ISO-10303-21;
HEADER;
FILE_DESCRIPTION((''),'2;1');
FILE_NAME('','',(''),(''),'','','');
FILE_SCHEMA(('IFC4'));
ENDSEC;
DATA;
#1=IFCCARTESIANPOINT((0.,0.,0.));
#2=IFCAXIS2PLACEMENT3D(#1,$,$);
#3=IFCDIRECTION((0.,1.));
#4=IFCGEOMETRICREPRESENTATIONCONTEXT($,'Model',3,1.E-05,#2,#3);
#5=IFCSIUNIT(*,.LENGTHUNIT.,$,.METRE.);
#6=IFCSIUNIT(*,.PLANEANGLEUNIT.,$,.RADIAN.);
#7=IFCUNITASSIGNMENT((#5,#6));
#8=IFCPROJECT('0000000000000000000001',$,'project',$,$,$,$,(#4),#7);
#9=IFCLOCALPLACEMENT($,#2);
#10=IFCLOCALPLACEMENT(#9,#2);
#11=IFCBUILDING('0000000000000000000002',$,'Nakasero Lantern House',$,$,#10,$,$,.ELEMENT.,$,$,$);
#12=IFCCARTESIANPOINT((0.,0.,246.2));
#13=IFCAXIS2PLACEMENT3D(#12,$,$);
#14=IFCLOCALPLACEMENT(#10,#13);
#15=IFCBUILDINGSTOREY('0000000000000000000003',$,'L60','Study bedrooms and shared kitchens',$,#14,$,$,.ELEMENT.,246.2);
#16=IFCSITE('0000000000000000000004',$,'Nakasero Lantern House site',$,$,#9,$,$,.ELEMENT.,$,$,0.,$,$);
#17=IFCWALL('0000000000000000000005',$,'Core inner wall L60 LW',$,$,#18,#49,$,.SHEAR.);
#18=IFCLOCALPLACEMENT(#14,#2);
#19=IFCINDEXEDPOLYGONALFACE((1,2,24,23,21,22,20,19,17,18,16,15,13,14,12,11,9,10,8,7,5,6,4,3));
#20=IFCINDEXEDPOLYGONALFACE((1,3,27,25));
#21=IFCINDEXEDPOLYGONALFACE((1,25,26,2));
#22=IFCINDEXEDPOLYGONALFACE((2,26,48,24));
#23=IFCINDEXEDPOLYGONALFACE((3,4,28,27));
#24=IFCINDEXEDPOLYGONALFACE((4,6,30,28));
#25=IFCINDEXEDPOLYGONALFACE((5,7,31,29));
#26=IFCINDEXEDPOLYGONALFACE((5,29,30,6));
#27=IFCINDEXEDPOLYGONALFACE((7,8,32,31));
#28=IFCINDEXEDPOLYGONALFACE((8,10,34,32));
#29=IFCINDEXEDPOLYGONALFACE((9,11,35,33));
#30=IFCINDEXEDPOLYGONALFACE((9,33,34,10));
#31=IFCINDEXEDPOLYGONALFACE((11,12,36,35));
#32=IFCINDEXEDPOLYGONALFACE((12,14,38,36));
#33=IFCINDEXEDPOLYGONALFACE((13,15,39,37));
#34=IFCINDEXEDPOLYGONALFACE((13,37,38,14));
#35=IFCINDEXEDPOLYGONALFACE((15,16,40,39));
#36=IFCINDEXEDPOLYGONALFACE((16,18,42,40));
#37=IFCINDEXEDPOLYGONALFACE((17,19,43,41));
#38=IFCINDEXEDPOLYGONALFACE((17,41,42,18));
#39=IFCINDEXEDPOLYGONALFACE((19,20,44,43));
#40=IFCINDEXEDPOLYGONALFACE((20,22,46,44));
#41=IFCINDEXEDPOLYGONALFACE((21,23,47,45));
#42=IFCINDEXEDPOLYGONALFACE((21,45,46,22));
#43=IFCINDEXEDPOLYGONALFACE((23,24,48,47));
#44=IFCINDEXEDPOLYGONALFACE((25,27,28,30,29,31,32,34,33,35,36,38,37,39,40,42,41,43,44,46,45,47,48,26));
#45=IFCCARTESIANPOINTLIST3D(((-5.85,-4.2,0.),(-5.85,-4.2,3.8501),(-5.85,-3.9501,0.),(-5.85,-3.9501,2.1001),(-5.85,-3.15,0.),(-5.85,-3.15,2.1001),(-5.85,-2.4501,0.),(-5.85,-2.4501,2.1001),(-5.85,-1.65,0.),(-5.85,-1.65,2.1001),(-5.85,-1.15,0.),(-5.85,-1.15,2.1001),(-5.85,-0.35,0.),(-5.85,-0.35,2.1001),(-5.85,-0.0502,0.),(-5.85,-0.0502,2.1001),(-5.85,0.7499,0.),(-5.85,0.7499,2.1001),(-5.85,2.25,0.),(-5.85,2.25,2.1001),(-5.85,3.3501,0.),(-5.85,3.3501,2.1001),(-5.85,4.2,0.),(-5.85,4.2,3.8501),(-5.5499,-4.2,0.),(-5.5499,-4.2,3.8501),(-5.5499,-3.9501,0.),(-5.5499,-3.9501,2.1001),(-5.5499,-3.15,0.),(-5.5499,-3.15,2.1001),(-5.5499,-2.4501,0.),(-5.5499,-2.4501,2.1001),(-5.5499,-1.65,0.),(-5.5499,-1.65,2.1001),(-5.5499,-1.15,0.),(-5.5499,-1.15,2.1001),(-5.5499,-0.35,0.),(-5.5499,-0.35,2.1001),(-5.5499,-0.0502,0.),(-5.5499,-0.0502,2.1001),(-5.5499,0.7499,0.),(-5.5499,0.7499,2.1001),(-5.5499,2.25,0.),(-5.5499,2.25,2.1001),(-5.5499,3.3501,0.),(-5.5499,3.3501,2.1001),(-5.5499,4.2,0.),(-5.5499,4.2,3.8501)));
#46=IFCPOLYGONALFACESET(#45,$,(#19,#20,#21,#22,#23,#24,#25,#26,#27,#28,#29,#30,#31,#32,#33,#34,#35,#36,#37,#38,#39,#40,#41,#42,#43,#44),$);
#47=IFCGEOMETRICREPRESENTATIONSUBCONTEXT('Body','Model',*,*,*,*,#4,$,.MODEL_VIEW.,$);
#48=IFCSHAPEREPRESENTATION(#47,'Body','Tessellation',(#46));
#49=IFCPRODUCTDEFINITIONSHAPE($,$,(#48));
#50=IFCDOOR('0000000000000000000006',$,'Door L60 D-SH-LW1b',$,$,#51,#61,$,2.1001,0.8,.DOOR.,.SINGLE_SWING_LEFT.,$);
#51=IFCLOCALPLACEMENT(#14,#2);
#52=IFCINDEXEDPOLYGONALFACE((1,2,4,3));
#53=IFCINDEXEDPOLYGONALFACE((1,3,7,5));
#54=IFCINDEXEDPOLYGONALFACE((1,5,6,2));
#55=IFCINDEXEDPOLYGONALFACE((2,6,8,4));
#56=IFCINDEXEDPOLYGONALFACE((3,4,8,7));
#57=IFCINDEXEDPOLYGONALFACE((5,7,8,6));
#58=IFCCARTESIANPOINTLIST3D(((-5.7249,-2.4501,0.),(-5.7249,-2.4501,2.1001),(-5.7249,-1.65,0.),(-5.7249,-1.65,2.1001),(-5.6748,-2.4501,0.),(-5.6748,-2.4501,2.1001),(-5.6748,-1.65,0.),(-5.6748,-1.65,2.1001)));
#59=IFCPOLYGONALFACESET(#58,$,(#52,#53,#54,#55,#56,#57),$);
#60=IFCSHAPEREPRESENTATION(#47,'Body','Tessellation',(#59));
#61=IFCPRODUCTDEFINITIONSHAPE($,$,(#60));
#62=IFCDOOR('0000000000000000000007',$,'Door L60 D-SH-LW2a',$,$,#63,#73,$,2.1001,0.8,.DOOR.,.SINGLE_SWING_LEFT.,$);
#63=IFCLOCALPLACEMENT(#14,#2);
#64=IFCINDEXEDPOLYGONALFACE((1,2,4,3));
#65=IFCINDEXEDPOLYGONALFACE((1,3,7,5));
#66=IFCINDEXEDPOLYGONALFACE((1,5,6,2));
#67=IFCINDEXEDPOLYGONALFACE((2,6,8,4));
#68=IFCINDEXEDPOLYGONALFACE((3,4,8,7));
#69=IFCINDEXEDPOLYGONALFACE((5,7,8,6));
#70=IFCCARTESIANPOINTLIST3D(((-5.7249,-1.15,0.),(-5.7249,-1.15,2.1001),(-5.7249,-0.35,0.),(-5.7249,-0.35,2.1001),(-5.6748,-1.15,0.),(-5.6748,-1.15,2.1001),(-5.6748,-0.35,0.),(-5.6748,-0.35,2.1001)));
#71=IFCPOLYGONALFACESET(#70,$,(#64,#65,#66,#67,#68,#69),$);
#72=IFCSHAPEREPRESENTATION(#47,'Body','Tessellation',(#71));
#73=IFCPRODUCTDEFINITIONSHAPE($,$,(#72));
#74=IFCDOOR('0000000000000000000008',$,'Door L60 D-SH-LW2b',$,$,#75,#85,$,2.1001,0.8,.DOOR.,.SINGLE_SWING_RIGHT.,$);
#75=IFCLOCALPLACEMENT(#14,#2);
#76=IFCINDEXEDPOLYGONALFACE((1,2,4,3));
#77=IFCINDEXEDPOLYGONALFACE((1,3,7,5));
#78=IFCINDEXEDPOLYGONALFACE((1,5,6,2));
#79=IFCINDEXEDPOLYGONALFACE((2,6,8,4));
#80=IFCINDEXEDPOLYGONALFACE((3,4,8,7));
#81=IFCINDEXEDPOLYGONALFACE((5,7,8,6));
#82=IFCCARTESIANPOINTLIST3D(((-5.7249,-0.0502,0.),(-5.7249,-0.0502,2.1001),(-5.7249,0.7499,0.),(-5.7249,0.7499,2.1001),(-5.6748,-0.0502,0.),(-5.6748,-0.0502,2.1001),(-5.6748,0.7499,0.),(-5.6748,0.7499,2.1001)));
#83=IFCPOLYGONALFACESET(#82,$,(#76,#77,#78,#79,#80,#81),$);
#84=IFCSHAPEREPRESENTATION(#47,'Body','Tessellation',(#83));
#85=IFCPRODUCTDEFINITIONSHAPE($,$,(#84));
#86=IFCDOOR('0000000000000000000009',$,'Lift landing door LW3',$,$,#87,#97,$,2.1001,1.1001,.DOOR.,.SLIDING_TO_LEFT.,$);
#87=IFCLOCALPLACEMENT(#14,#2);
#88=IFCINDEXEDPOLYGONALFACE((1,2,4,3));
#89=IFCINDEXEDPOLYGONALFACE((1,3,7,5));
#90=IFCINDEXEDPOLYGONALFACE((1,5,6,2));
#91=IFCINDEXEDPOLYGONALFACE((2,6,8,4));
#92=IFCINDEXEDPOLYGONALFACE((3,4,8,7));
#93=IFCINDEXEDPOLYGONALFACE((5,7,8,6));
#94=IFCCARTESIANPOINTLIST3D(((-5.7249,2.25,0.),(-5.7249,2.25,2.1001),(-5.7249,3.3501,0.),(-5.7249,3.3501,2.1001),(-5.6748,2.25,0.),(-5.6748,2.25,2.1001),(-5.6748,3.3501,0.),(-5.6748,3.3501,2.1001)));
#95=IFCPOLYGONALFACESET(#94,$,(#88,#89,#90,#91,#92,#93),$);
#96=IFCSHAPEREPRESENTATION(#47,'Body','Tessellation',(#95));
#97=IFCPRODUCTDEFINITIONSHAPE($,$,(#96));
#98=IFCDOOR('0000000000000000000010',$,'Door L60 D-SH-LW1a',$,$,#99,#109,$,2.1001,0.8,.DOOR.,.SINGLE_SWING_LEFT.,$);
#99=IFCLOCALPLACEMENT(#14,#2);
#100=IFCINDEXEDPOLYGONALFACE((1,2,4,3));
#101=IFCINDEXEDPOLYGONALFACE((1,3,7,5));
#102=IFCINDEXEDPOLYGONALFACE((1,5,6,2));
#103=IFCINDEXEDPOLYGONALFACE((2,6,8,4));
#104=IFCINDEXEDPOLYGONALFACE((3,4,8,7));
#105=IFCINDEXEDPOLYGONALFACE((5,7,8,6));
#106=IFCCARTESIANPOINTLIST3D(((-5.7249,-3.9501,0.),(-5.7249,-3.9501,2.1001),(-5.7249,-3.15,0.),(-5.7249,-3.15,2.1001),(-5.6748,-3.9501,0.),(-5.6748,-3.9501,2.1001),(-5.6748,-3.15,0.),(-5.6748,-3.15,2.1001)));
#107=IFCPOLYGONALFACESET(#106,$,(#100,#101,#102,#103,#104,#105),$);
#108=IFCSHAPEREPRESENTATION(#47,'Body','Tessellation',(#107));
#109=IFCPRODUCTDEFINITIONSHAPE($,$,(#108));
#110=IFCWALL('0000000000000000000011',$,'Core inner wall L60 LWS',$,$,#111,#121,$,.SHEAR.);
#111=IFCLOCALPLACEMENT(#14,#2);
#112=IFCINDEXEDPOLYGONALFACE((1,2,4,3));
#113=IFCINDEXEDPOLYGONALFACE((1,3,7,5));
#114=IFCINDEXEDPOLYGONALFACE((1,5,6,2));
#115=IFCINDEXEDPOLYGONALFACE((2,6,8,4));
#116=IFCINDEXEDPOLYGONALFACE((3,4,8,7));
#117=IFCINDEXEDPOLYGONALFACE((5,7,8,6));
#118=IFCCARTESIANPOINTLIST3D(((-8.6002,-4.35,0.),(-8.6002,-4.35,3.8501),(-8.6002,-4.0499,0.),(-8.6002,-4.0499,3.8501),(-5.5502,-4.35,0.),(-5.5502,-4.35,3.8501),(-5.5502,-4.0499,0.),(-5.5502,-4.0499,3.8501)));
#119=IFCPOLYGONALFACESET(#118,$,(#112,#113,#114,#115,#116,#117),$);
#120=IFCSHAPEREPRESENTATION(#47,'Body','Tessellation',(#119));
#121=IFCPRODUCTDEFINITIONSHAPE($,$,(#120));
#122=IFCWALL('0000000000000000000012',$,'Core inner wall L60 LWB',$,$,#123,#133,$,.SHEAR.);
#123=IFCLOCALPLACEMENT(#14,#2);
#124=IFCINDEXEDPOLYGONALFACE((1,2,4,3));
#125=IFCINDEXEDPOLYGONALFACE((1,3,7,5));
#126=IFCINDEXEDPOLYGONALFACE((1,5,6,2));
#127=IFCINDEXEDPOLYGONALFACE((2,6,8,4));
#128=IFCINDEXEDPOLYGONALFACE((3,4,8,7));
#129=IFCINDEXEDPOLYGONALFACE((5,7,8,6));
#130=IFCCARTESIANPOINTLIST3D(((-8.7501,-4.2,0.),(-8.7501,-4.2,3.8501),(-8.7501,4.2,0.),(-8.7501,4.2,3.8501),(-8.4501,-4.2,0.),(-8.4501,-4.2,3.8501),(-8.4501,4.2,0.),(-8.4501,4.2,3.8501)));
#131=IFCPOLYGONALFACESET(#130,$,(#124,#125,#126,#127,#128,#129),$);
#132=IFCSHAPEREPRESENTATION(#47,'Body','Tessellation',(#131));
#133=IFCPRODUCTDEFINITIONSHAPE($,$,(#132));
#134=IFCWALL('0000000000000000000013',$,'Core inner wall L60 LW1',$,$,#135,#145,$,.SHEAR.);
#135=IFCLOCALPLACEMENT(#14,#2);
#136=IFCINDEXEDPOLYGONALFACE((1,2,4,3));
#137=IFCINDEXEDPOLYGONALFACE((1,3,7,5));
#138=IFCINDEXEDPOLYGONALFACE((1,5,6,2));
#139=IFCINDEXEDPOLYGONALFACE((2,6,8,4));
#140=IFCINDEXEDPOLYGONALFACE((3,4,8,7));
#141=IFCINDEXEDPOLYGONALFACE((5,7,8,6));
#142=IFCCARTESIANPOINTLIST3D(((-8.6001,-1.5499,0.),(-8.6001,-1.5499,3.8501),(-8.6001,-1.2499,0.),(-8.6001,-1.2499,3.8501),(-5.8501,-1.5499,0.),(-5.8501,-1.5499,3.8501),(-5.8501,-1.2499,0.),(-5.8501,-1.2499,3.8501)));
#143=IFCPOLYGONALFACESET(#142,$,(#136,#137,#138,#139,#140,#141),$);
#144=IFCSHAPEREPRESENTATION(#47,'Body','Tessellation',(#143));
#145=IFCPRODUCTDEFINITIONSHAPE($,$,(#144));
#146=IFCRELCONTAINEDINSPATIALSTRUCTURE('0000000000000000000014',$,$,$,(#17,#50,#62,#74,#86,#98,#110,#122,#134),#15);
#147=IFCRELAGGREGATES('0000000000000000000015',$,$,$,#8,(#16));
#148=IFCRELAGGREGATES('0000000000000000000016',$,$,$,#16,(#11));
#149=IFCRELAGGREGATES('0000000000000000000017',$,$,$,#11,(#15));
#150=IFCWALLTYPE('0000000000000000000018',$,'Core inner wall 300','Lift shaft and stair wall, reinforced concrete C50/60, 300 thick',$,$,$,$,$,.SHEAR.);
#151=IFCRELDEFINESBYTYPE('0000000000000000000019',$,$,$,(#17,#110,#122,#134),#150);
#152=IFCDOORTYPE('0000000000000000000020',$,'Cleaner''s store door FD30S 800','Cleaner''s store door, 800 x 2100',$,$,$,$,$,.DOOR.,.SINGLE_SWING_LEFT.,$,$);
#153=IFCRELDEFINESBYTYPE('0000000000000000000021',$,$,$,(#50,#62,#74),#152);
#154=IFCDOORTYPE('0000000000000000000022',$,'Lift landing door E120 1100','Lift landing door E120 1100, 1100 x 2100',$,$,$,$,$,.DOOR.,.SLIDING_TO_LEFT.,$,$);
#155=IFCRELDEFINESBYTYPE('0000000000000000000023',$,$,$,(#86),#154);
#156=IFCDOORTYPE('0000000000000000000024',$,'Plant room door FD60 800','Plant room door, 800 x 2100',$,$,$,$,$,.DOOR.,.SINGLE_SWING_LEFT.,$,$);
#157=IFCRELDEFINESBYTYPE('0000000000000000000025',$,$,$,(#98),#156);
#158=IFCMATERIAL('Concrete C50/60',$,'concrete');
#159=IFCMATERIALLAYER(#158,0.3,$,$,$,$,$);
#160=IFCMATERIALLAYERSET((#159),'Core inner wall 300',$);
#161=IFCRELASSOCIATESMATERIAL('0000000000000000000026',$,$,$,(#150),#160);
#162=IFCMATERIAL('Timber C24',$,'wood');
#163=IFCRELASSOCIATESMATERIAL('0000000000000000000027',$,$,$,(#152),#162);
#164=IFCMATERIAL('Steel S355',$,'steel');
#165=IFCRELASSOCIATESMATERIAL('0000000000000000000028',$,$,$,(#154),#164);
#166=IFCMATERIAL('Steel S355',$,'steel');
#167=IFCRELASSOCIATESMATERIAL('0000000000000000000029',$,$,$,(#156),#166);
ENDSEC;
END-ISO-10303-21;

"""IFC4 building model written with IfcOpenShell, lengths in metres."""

from ifc_helpers import new_model, si_unit, direction, frame, frame_2d, origin, place, context, subcontext, project, spatial, rectangle, extrude, material, layer, layer_set, type_object, element, fill, save


model = new_model("IFC4")

# Units and contexts
model_context = context("Model", 3, precision=1e-05, world=origin(), true_north=direction((0.0, 1.0)))
body_context = subcontext(model_context, "Body", "Model", "MODEL_VIEW")
ifc_project = project(units=[si_unit("LENGTHUNIT", "METRE"), si_unit("PLANEANGLEUNIT", "RADIAN")], contexts=[model_context])

# Site, building, storey
site_placement = place(None, origin())
site = spatial("IfcSite", under=ifc_project, at=site_placement, Name="Nakasero Lantern House site", CompositionType="ELEMENT", RefElevation=0.0)
building_placement = place(site_placement, origin())
building = spatial("IfcBuilding", under=site, at=building_placement, Name="Nakasero Lantern House", CompositionType="ELEMENT")
storey_placement = place(building_placement, frame((0.0, 0.0, 246.2)))
storey = spatial("IfcBuildingStorey", under=building, at=storey_placement, Name="L60", Description="Study bedrooms and shared kitchens", CompositionType="ELEMENT", Elevation=246.2)

# Wall, openings, doors
ifc_material_1 = material(Name="Concrete C50/60", Category="concrete")
ifc_layer_1 = layer(ifc_material_1, 0.3)
ifc_layer_set_1 = layer_set([ifc_layer_1], Name="Core inner wall 300")
wall_type_1 = type_object("IfcWallType", Name="Core inner wall 300", Description="Lift shaft and stair wall, reinforced concrete C50/60, 300 thick", PredefinedType="SHEAR", material=ifc_layer_set_1)
wall_1_placement = place(storey_placement, frame((-5.7, -4.2, 0.0), z_axis=(0.0, 0.0, 1.0), x_axis=(0.0, 1.0, 0.0)))
wall_1 = element("IfcWall", 1, at=wall_1_placement, inside=storey, type_object=wall_type_1, Name="Core inner wall L60 LW", PredefinedType="SHEAR", context=body_context, shape_type="SweptSolid", body=[
    extrude(rectangle(XDim=8.3999, YDim=0.3, at=frame_2d((4.2, 0.0))), origin(), (0.0, 0.0, 1.0), 3.8501),
])
opening_1_placement = place(wall_1_placement, frame((0.25, 0.0, 0.0)))
opening_1 = element("IfcOpeningElement", 2, at=opening_1_placement, cuts=wall_1, PredefinedType="OPENING", context=body_context, shape_type="SweptSolid", body=[
    extrude(rectangle(XDim=0.8, YDim=2.1001, at=frame_2d((0.3999, 1.05))), frame((0.0, 0.1699, 0.0), z_axis=(0.0, -1.0, 0.0), x_axis=(1.0, 0.0, 0.0)), (0.0, 0.0, 1.0), 0.3401),
])
opening_2_placement = place(wall_1_placement, frame((1.75, 0.0, 0.0)))
opening_2 = element("IfcOpeningElement", 3, at=opening_2_placement, cuts=wall_1, PredefinedType="OPENING", context=body_context, shape_type="SweptSolid", body=[
    extrude(rectangle(XDim=0.8, YDim=2.1001, at=frame_2d((0.3999, 1.05))), frame((0.0, 0.1699, 0.0), z_axis=(0.0, -1.0, 0.0), x_axis=(1.0, 0.0, 0.0)), (0.0, 0.0, 1.0), 0.3401),
])
opening_3_placement = place(wall_1_placement, frame((3.05, 0.0, 0.0)))
opening_3 = element("IfcOpeningElement", 4, at=opening_3_placement, cuts=wall_1, PredefinedType="OPENING", context=body_context, shape_type="SweptSolid", body=[
    extrude(rectangle(XDim=0.8, YDim=2.1001, at=frame_2d((0.3999, 1.05))), frame((0.0, 0.1699, 0.0), z_axis=(0.0, -1.0, 0.0), x_axis=(1.0, 0.0, 0.0)), (0.0, 0.0, 1.0), 0.3401),
])
opening_4_placement = place(wall_1_placement, frame((4.1499, 0.0, 0.0)))
opening_4 = element("IfcOpeningElement", 5, at=opening_4_placement, cuts=wall_1, PredefinedType="OPENING", context=body_context, shape_type="SweptSolid", body=[
    extrude(rectangle(XDim=0.8, YDim=2.1001, at=frame_2d((0.3999, 1.05))), frame((0.0, 0.1699, 0.0), z_axis=(0.0, -1.0, 0.0), x_axis=(1.0, 0.0, 0.0)), (0.0, 0.0, 1.0), 0.3401),
])
opening_5_placement = place(wall_1_placement, frame((6.45, 0.0, 0.0)))
opening_5 = element("IfcOpeningElement", 6, at=opening_5_placement, cuts=wall_1, PredefinedType="OPENING", context=body_context, shape_type="SweptSolid", body=[
    extrude(rectangle(XDim=1.1001, YDim=2.1001, at=frame_2d((0.55, 1.05))), frame((0.0, 0.1699, 0.0), z_axis=(0.0, -1.0, 0.0), x_axis=(1.0, 0.0, 0.0)), (0.0, 0.0, 1.0), 0.3401),
])
ifc_material_2 = material(Name="Timber C24", Category="wood")
door_type_1 = type_object("IfcDoorType", Name="Cleaner's store door FD30S 800", Description="Cleaner's store door, 800 x 2100", OperationType="SINGLE_SWING_LEFT", PredefinedType="DOOR", material=ifc_material_2)
door_1_placement = place(opening_2_placement, origin())
door_1 = element("IfcDoor", 7, at=door_1_placement, inside=storey, type_object=door_type_1, Name="Door L60 D-SH-LW1b", OperationType="SINGLE_SWING_LEFT", OverallHeight=2.1001, OverallWidth=0.8, PredefinedType="DOOR", context=body_context, shape_type="SweptSolid", body=[
    extrude(rectangle(XDim=0.8, YDim=2.1001, at=frame_2d((0.3999, 1.05))), frame((0.0, 0.0249, 0.0), z_axis=(0.0, -1.0, 0.0), x_axis=(1.0, 0.0, 0.0)), (0.0, 0.0, 1.0), 0.05),
])
fill(opening_2, door_1)
door_2_placement = place(opening_3_placement, origin())
door_2 = element("IfcDoor", 8, at=door_2_placement, inside=storey, type_object=door_type_1, Name="Door L60 D-SH-LW2a", OperationType="SINGLE_SWING_LEFT", OverallHeight=2.1001, OverallWidth=0.8, PredefinedType="DOOR", context=body_context, shape_type="SweptSolid", body=[
    extrude(rectangle(XDim=0.8, YDim=2.1001, at=frame_2d((0.3999, 1.05))), frame((0.0, 0.0249, 0.0), z_axis=(0.0, -1.0, 0.0), x_axis=(1.0, 0.0, 0.0)), (0.0, 0.0, 1.0), 0.05),
])
fill(opening_3, door_2)
door_3_placement = place(opening_4_placement, origin())
door_3 = element("IfcDoor", 9, at=door_3_placement, inside=storey, type_object=door_type_1, Name="Door L60 D-SH-LW2b", OperationType="SINGLE_SWING_RIGHT", OverallHeight=2.1001, OverallWidth=0.8, PredefinedType="DOOR", context=body_context, shape_type="SweptSolid", body=[
    extrude(rectangle(XDim=0.8, YDim=2.1001, at=frame_2d((0.3999, 1.05))), frame((0.0, 0.0249, 0.0), z_axis=(0.0, -1.0, 0.0), x_axis=(1.0, 0.0, 0.0)), (0.0, 0.0, 1.0), 0.05),
])
fill(opening_4, door_3)
ifc_material_3 = material(Name="Steel S355", Category="steel")
door_type_2 = type_object("IfcDoorType", Name="Lift landing door E120 1100", Description="Lift landing door E120 1100, 1100 x 2100", OperationType="SLIDING_TO_LEFT", PredefinedType="DOOR", material=ifc_material_3)
door_4_placement = place(opening_5_placement, origin())
door_4 = element("IfcDoor", 10, at=door_4_placement, inside=storey, type_object=door_type_2, Name="Lift landing door LW3", OperationType="SLIDING_TO_LEFT", OverallHeight=2.1001, OverallWidth=1.1001, PredefinedType="DOOR", context=body_context, shape_type="SweptSolid", body=[
    extrude(rectangle(XDim=1.1001, YDim=2.1001, at=frame_2d((0.55, 1.05))), frame((0.0, 0.0249, 0.0), z_axis=(0.0, -1.0, 0.0), x_axis=(1.0, 0.0, 0.0)), (0.0, 0.0, 1.0), 0.05),
])
fill(opening_5, door_4)
ifc_material_4 = material(Name="Steel S355", Category="steel")
door_type_3 = type_object("IfcDoorType", Name="Plant room door FD60 800", Description="Plant room door, 800 x 2100", OperationType="SINGLE_SWING_LEFT", PredefinedType="DOOR", material=ifc_material_4)
door_5_placement = place(opening_1_placement, origin())
door_5 = element("IfcDoor", 11, at=door_5_placement, inside=storey, type_object=door_type_3, Name="Door L60 D-SH-LW1a", OperationType="SINGLE_SWING_LEFT", OverallHeight=2.1001, OverallWidth=0.8, PredefinedType="DOOR", context=body_context, shape_type="SweptSolid", body=[
    extrude(rectangle(XDim=0.8, YDim=2.1001, at=frame_2d((0.3999, 1.05))), frame((0.0, 0.0249, 0.0), z_axis=(0.0, -1.0, 0.0), x_axis=(1.0, 0.0, 0.0)), (0.0, 0.0, 1.0), 0.05),
])
fill(opening_1, door_5)

# Walls
wall_2_placement = place(storey_placement, frame((-8.6001, -4.2, 0.0), z_axis=(0.0, 0.0, 1.0), x_axis=(1.0, 0.0, 0.0)))
element("IfcWall", 12, at=wall_2_placement, inside=storey, type_object=wall_type_1, Name="Core inner wall L60 LWS", PredefinedType="SHEAR", context=body_context, shape_type="SweptSolid", body=[
    extrude(rectangle(XDim=3.05, YDim=0.3, at=frame_2d((1.5249, 0.0))), origin(), (0.0, 0.0, 1.0), 3.8501),
])
wall_3_placement = place(storey_placement, frame((-8.6001, -4.2, 0.0), z_axis=(0.0, 0.0, 1.0), x_axis=(0.0, 1.0, 0.0)))
element("IfcWall", 13, at=wall_3_placement, inside=storey, type_object=wall_type_1, Name="Core inner wall L60 LWB", PredefinedType="SHEAR", context=body_context, shape_type="SweptSolid", body=[
    extrude(rectangle(XDim=8.3999, YDim=0.3, at=frame_2d((4.2, 0.0))), origin(), (0.0, 0.0, 1.0), 3.8501),
])
wall_4_placement = place(storey_placement, frame((-8.6001, -1.3999, 0.0), z_axis=(0.0, 0.0, 1.0), x_axis=(1.0, 0.0, 0.0)))
element("IfcWall", 14, at=wall_4_placement, inside=storey, type_object=wall_type_1, Name="Core inner wall L60 LW1", PredefinedType="SHEAR", context=body_context, shape_type="SweptSolid", body=[
    extrude(rectangle(XDim=2.75, YDim=0.3, at=frame_2d((1.375, 0.0))), origin(), (0.0, 0.0, 1.0), 3.8501),
])

save(model, "model.ifc")
